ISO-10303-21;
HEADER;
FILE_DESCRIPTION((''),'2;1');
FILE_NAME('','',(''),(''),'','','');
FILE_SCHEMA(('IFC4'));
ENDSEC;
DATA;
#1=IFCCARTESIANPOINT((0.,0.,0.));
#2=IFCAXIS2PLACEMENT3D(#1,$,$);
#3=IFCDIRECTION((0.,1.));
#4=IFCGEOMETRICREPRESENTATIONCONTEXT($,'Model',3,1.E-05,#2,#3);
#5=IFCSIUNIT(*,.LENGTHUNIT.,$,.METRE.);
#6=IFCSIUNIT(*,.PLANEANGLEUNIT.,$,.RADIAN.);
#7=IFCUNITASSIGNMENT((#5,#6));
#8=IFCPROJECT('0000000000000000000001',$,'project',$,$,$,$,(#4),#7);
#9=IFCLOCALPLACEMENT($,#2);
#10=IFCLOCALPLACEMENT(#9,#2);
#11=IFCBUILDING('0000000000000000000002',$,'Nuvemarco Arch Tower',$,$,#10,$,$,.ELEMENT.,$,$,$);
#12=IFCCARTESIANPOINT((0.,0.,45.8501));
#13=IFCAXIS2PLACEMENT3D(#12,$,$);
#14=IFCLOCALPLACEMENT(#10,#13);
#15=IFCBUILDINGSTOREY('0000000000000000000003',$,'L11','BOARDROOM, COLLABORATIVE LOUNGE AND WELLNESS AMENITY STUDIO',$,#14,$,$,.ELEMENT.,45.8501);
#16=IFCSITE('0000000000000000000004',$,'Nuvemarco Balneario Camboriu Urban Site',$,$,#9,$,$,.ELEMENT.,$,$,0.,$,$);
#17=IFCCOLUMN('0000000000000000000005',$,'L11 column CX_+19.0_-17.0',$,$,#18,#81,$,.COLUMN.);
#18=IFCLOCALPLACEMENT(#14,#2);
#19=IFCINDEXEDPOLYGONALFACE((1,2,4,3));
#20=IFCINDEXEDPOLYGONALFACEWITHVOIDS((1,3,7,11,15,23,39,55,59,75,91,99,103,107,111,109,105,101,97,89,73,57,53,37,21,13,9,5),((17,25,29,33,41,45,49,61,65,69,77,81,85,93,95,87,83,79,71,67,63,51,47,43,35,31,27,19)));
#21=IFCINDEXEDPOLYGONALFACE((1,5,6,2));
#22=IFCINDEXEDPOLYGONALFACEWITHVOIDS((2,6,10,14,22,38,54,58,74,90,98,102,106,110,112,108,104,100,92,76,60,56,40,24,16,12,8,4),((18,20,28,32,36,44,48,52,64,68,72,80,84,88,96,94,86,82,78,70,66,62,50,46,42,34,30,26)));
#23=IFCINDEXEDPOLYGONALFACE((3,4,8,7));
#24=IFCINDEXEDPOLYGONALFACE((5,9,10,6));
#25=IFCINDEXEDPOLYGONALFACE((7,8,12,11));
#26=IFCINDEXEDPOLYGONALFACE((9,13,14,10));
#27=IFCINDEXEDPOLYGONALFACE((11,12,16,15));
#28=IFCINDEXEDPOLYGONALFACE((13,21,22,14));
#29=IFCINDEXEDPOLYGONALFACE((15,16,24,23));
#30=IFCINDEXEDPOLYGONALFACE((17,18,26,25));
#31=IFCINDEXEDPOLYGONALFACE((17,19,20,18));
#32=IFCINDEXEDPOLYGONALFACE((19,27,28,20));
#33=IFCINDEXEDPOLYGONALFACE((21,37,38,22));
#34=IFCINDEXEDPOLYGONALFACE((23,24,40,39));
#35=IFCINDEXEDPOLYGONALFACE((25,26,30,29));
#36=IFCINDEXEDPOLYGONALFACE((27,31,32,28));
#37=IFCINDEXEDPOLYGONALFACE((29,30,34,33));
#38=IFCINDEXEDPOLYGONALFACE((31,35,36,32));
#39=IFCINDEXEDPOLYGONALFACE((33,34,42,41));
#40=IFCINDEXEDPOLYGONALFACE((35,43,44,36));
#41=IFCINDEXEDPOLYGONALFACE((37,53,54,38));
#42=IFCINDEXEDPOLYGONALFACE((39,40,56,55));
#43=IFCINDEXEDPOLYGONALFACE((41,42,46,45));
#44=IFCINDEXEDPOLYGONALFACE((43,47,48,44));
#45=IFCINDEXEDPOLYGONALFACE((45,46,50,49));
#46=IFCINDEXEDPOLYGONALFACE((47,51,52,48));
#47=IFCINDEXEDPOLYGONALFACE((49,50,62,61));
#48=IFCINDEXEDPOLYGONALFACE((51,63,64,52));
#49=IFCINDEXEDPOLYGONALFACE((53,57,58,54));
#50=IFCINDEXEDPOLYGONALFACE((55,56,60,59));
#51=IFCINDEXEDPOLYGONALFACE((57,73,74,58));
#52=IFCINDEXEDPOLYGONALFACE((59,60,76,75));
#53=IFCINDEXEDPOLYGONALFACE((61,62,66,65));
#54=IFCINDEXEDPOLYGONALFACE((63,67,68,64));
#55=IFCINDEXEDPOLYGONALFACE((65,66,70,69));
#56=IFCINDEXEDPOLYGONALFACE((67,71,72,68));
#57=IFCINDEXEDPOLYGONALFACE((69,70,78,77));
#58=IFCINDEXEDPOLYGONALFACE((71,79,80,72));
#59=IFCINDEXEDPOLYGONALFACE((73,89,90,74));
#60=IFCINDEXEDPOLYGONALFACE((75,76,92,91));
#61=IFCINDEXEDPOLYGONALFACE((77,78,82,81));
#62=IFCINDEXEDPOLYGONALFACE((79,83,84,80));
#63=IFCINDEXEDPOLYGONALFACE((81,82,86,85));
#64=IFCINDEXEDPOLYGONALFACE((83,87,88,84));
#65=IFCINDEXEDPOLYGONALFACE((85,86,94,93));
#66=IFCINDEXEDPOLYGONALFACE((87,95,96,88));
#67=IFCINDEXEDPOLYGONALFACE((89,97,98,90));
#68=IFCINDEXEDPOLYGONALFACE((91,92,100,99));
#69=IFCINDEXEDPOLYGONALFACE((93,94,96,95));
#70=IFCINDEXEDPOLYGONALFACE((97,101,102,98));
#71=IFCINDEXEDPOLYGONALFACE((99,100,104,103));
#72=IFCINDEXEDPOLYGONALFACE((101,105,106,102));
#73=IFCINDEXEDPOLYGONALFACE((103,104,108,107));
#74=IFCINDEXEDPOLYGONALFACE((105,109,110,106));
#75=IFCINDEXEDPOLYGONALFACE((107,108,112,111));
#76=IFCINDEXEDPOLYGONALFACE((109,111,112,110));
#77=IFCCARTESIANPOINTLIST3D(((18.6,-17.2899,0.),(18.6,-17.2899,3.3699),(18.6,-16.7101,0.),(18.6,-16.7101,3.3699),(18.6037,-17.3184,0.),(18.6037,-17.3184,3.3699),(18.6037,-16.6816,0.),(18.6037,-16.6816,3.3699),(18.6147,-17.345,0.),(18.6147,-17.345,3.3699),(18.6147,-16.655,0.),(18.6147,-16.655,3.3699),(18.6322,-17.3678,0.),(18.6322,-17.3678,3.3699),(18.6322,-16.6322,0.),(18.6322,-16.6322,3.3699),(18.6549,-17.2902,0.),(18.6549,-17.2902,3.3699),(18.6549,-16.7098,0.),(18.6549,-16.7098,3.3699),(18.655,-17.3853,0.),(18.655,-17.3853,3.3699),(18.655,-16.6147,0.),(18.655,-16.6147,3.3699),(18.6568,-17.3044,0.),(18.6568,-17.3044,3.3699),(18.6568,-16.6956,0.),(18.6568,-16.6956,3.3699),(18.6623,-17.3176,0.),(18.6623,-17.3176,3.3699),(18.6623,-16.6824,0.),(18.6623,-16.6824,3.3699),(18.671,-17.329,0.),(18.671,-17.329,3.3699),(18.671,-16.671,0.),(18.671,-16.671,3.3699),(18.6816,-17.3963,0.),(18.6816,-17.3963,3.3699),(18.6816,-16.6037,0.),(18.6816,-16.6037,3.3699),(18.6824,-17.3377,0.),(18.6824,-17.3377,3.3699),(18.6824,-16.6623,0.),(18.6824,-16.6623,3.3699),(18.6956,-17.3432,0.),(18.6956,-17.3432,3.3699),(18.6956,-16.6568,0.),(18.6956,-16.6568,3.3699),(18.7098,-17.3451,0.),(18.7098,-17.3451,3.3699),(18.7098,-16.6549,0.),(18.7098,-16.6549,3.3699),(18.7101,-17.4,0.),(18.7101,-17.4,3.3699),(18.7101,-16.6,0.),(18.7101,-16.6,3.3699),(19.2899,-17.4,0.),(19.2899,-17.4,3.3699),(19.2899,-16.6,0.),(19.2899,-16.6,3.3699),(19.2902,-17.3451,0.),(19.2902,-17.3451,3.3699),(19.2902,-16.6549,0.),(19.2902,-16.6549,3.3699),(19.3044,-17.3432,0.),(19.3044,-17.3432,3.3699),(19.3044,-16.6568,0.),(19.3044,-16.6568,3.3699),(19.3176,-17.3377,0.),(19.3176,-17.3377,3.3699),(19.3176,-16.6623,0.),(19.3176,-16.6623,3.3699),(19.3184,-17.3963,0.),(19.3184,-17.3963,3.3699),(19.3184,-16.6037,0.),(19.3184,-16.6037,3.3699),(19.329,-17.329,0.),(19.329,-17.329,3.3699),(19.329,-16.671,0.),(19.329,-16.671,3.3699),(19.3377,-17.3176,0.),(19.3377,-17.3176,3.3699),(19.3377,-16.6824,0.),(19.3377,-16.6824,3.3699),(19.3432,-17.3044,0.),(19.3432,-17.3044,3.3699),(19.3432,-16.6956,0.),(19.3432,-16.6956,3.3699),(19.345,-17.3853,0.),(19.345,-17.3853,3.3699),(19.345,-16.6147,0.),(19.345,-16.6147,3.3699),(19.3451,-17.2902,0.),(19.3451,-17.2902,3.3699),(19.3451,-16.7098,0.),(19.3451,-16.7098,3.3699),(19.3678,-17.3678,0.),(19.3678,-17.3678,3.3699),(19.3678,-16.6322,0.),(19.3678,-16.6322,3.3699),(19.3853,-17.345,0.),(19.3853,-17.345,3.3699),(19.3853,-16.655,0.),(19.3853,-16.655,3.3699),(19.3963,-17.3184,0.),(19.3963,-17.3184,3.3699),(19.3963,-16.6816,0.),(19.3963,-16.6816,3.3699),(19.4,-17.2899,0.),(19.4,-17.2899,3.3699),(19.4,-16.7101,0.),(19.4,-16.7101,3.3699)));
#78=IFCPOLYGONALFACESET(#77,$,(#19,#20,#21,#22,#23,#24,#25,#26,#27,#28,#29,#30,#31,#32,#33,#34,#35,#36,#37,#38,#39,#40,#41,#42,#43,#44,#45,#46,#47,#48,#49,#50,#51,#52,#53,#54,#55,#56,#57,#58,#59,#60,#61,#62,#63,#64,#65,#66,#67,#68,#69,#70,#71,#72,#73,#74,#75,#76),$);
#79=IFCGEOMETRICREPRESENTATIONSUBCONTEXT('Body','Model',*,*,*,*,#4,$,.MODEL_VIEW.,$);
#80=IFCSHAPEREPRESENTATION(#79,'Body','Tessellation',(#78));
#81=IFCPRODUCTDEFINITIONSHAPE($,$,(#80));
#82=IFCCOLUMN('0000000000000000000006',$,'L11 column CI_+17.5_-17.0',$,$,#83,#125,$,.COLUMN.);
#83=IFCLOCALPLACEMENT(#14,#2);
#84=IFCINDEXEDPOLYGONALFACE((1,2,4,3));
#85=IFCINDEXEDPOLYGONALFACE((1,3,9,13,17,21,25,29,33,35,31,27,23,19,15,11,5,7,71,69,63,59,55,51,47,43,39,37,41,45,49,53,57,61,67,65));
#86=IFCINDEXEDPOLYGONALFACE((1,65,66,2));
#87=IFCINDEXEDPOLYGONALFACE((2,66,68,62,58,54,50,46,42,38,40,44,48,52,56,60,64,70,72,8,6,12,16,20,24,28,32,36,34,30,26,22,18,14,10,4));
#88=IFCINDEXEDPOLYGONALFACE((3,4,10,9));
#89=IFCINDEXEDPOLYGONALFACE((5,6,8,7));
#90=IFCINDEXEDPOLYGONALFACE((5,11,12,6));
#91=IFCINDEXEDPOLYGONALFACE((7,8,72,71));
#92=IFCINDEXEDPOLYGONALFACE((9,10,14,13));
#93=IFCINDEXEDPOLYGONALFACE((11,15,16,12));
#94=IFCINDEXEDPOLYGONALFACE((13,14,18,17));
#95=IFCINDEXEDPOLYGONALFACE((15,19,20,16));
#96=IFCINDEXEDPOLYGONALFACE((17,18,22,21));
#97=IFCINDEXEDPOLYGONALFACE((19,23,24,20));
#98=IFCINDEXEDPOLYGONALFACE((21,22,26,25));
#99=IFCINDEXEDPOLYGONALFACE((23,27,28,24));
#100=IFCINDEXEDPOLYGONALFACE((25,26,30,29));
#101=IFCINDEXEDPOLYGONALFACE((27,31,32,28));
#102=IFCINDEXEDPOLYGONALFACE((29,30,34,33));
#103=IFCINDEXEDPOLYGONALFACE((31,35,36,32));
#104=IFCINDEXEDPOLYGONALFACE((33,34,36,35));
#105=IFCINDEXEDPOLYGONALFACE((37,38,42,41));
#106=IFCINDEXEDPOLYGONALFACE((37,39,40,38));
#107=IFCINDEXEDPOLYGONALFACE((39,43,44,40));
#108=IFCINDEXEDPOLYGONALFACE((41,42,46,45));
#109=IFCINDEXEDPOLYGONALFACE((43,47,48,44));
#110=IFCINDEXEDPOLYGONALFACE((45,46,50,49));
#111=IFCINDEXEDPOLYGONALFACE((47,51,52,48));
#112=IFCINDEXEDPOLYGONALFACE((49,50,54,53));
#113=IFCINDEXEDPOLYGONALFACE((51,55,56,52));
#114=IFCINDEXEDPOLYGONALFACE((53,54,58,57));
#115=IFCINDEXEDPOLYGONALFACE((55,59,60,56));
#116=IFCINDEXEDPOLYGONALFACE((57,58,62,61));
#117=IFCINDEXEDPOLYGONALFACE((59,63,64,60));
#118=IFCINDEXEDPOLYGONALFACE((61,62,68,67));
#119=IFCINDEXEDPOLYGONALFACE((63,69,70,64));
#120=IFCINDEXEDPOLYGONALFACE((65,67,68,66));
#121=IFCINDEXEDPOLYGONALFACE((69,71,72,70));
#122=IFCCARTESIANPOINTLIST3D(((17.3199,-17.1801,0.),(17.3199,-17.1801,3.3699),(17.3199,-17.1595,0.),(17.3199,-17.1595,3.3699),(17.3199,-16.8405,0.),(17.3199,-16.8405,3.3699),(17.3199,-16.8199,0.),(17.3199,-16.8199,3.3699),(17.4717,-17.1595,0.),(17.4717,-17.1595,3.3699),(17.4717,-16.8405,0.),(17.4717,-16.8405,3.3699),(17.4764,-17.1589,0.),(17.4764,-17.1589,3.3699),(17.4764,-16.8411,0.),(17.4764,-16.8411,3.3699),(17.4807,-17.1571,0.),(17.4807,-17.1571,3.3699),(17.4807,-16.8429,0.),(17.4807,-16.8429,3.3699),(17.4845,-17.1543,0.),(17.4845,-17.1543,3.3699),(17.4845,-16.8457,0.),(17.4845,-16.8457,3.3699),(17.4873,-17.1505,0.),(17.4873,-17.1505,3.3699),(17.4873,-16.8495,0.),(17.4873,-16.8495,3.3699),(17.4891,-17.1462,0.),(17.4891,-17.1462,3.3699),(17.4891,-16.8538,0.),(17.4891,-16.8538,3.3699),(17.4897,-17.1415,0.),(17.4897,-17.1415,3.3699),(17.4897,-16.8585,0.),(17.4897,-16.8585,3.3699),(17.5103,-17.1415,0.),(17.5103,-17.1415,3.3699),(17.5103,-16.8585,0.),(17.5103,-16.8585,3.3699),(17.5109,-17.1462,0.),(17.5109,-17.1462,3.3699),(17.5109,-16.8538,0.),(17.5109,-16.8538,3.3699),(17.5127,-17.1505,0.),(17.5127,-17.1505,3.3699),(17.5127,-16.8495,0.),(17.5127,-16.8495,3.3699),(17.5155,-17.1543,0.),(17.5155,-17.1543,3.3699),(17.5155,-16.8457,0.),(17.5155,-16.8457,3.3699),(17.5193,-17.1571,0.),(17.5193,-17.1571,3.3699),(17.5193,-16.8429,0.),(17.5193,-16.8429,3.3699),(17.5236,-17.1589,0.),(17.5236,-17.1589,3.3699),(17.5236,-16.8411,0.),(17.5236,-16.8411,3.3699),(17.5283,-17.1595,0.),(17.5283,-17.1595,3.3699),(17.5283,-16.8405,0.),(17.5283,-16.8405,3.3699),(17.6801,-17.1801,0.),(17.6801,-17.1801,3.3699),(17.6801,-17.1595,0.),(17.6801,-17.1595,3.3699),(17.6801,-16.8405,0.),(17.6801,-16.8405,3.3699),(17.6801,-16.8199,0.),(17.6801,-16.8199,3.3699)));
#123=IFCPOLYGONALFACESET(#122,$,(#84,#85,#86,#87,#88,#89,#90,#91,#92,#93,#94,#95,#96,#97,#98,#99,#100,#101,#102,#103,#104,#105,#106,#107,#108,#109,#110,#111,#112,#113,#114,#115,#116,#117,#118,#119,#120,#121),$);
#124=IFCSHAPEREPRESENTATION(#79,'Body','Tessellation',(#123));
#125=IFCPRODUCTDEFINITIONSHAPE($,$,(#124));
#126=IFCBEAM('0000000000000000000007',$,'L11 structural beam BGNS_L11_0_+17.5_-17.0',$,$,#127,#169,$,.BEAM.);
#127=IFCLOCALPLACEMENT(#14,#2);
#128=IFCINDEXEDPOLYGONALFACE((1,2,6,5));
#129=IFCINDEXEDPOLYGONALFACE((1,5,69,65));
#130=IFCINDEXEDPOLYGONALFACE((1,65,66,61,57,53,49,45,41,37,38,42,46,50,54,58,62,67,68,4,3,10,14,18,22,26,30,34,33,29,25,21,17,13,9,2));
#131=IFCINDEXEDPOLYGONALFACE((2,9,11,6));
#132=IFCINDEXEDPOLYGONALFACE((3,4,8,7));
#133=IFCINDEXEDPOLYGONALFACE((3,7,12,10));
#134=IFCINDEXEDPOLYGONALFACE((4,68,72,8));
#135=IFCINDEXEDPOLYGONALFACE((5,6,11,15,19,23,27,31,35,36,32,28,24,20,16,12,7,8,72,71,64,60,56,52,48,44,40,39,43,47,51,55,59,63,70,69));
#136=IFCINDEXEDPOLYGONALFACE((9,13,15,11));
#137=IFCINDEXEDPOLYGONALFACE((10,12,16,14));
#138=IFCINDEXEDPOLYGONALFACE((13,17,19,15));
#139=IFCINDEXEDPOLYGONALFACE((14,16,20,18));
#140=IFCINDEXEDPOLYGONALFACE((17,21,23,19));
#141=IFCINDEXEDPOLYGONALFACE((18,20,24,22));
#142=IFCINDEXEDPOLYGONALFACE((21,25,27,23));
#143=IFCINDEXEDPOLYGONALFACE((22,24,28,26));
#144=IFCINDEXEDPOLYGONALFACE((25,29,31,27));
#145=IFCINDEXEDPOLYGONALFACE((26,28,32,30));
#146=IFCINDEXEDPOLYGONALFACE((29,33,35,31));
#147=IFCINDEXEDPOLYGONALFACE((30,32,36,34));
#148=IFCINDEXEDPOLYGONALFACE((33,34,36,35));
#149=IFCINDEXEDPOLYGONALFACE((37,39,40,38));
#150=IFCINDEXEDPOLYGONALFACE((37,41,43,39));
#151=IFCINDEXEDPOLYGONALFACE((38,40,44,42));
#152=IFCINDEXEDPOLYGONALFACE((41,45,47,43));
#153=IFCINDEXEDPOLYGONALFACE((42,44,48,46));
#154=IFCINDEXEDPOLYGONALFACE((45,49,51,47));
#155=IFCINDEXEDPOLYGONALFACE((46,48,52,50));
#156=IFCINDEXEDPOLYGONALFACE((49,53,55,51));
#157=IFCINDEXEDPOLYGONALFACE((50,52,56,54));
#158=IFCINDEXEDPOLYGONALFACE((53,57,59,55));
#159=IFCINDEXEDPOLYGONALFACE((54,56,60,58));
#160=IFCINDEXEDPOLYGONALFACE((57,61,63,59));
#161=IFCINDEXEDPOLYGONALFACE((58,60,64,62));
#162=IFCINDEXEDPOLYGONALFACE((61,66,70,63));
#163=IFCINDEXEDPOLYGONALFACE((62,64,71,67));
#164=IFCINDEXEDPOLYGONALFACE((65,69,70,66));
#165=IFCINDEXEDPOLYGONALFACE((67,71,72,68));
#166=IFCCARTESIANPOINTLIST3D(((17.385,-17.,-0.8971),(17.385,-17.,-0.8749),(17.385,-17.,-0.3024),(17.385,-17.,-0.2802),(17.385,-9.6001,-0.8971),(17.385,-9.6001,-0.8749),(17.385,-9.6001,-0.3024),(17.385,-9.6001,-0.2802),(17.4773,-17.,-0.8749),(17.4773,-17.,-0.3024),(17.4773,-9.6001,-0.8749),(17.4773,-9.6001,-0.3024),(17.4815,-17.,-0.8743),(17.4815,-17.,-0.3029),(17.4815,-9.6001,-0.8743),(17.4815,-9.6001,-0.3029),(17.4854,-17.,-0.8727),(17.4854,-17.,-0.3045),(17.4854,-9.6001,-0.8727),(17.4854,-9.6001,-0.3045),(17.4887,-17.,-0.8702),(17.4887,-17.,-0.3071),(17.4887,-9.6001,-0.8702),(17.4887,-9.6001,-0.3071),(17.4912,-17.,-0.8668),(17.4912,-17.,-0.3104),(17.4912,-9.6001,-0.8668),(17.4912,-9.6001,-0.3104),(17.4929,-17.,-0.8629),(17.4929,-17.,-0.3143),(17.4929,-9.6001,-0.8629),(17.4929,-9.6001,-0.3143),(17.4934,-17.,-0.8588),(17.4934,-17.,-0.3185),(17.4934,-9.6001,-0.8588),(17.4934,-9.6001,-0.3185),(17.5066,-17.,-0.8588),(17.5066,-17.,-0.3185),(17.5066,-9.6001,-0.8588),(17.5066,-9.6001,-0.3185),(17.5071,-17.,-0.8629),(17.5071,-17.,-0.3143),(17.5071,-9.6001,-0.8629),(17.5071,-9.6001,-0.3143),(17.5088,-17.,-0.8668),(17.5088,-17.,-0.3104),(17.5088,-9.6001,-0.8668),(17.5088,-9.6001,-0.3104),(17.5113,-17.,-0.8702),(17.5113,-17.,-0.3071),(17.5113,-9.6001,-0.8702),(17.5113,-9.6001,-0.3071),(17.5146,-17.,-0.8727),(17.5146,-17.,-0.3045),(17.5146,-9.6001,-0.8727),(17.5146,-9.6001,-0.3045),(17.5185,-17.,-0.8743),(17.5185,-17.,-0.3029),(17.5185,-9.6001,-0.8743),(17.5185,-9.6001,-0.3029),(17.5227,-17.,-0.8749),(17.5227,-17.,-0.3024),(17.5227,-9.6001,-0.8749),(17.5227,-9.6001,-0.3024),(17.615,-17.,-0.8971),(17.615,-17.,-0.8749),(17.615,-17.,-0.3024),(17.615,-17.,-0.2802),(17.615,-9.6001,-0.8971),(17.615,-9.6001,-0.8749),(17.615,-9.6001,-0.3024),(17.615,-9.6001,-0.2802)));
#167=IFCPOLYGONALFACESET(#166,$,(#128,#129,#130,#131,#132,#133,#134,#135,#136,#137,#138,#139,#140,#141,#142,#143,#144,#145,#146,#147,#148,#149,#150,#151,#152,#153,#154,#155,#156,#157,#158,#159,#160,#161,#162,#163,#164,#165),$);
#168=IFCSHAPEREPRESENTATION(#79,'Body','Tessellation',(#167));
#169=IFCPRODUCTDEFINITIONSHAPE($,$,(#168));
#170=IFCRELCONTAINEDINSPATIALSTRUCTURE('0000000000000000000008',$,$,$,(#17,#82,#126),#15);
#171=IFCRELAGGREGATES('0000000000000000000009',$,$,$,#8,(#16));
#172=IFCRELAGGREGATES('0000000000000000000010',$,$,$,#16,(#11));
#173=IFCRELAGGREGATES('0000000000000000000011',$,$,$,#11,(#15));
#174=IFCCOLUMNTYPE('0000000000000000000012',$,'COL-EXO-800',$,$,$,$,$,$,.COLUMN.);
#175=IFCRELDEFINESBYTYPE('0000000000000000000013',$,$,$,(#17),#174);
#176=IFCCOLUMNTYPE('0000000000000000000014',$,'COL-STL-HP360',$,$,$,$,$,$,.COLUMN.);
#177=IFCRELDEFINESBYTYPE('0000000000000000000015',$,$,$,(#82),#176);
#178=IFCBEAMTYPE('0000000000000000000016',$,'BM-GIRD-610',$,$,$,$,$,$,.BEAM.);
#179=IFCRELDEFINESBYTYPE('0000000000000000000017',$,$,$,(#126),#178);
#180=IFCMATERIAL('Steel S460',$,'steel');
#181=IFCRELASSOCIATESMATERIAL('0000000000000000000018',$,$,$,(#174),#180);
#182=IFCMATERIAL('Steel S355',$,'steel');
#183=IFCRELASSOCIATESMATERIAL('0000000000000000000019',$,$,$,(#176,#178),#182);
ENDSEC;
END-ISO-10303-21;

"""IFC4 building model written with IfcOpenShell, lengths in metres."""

from ifc_helpers import new_model, si_unit, direction, frame, origin, origin_2d, place, context, subcontext, project, spatial, hollow_rectangle, i_section, extrude, material, material_profile, profile_set, type_object, element, save


model = new_model("IFC4")

# Units and contexts
model_context = context("Model", 3, precision=1e-05, world=origin(), true_north=direction((0.0, 1.0)))
body_context = subcontext(model_context, "Body", "Model", "MODEL_VIEW")
ifc_project = project(units=[si_unit("LENGTHUNIT", "METRE"), si_unit("PLANEANGLEUNIT", "RADIAN")], contexts=[model_context])

# Site, building, storey
site_placement = place(None, origin())
site = spatial("IfcSite", under=ifc_project, at=site_placement, Name="Nuvemarco Balneario Camboriu Urban Site", CompositionType="ELEMENT", RefElevation=0.0)
building_placement = place(site_placement, origin())
building = spatial("IfcBuilding", under=site, at=building_placement, Name="Nuvemarco Arch Tower", CompositionType="ELEMENT")
storey_placement = place(building_placement, frame((0.0, 0.0, 45.8501)))
storey = spatial("IfcBuildingStorey", under=building, at=storey_placement, Name="L11", Description="BOARDROOM, COLLABORATIVE LOUNGE AND WELLNESS AMENITY STUDIO", CompositionType="ELEMENT", Elevation=45.8501)

# Columns
ifc_material_1 = material(Name="Steel S460", Category="steel")
ifc_material_profile_1 = material_profile(ifc_material_1, hollow_rectangle(XDim=0.8, YDim=0.8, WallThickness=0.0549, InnerFilletRadius=0.0549, OuterFilletRadius=0.1101, at=origin_2d()), Name="SHS800x800x55")
ifc_profile_set_1 = profile_set([ifc_material_profile_1], Name="Steel S460")
column_type_1 = type_object("IfcColumnType", Name="COL-EXO-800", PredefinedType="COLUMN", material=ifc_profile_set_1)
column_1_placement = place(storey_placement, frame((19.0, -17.0, 0.0), z_axis=(0.0, 0.0, 1.0), x_axis=(1.0, 0.0, 0.0)))
element("IfcColumn", 1, at=column_1_placement, inside=storey, type_object=column_type_1, Name="L11 column CX_+19.0_-17.0", PredefinedType="COLUMN", context=body_context, shape_type="SweptSolid", body=[
    extrude(hollow_rectangle(XDim=0.8, YDim=0.8, WallThickness=0.0549, InnerFilletRadius=0.0549, OuterFilletRadius=0.1101, at=origin_2d()), origin(), (0.0, 0.0, 1.0), 3.3699),
])
ifc_material_2 = material(Name="Steel S355", Category="steel")
ifc_material_profile_2 = material_profile(ifc_material_2, i_section(OverallWidth=0.3601, OverallDepth=0.3601, WebThickness=0.0205, FlangeThickness=0.0205, FilletRadius=0.0181, at=origin_2d()), Name="HP360x174")
ifc_profile_set_2 = profile_set([ifc_material_profile_2], Name="Steel S355")
column_type_2 = type_object("IfcColumnType", Name="COL-STL-HP360", PredefinedType="COLUMN", material=ifc_profile_set_2)
column_2_placement = place(storey_placement, frame((17.5, -17.0, 0.0), z_axis=(0.0, 0.0, 1.0), x_axis=(1.0, 0.0, 0.0)))
element("IfcColumn", 2, at=column_2_placement, inside=storey, type_object=column_type_2, Name="L11 column CI_+17.5_-17.0", PredefinedType="COLUMN", context=body_context, shape_type="SweptSolid", body=[
    extrude(i_section(OverallWidth=0.3601, OverallDepth=0.3601, WebThickness=0.0205, FlangeThickness=0.0205, FilletRadius=0.0181, at=origin_2d()), origin(), (0.0, 0.0, 1.0), 3.3699),
])

# Beam
ifc_material_profile_3 = material_profile(ifc_material_2, i_section(OverallWidth=0.23, OverallDepth=0.6169, WebThickness=0.0132, FlangeThickness=0.0222, FilletRadius=0.0161, at=origin_2d()), Name="W610x140")
ifc_profile_set_3 = profile_set([ifc_material_profile_3], Name="Steel S355")
beam_type_1 = type_object("IfcBeamType", Name="BM-GIRD-610", PredefinedType="BEAM", material=ifc_profile_set_3)
beam_1_placement = place(storey_placement, frame((17.5, -17.0, -0.5886), z_axis=(0.0, 1.0, 0.0), x_axis=(-1.0, 0.0, 0.0)))
element("IfcBeam", 3, at=beam_1_placement, inside=storey, type_object=beam_type_1, Name="L11 structural beam BGNS_L11_0_+17.5_-17.0", PredefinedType="BEAM", context=body_context, shape_type="SweptSolid", body=[
    extrude(i_section(OverallWidth=0.23, OverallDepth=0.6169, WebThickness=0.0132, FlangeThickness=0.0222, FilletRadius=0.0161, at=origin_2d()), origin(), (0.0, 0.0, 1.0), 7.3999),
])

save(model, "model.ifc")
